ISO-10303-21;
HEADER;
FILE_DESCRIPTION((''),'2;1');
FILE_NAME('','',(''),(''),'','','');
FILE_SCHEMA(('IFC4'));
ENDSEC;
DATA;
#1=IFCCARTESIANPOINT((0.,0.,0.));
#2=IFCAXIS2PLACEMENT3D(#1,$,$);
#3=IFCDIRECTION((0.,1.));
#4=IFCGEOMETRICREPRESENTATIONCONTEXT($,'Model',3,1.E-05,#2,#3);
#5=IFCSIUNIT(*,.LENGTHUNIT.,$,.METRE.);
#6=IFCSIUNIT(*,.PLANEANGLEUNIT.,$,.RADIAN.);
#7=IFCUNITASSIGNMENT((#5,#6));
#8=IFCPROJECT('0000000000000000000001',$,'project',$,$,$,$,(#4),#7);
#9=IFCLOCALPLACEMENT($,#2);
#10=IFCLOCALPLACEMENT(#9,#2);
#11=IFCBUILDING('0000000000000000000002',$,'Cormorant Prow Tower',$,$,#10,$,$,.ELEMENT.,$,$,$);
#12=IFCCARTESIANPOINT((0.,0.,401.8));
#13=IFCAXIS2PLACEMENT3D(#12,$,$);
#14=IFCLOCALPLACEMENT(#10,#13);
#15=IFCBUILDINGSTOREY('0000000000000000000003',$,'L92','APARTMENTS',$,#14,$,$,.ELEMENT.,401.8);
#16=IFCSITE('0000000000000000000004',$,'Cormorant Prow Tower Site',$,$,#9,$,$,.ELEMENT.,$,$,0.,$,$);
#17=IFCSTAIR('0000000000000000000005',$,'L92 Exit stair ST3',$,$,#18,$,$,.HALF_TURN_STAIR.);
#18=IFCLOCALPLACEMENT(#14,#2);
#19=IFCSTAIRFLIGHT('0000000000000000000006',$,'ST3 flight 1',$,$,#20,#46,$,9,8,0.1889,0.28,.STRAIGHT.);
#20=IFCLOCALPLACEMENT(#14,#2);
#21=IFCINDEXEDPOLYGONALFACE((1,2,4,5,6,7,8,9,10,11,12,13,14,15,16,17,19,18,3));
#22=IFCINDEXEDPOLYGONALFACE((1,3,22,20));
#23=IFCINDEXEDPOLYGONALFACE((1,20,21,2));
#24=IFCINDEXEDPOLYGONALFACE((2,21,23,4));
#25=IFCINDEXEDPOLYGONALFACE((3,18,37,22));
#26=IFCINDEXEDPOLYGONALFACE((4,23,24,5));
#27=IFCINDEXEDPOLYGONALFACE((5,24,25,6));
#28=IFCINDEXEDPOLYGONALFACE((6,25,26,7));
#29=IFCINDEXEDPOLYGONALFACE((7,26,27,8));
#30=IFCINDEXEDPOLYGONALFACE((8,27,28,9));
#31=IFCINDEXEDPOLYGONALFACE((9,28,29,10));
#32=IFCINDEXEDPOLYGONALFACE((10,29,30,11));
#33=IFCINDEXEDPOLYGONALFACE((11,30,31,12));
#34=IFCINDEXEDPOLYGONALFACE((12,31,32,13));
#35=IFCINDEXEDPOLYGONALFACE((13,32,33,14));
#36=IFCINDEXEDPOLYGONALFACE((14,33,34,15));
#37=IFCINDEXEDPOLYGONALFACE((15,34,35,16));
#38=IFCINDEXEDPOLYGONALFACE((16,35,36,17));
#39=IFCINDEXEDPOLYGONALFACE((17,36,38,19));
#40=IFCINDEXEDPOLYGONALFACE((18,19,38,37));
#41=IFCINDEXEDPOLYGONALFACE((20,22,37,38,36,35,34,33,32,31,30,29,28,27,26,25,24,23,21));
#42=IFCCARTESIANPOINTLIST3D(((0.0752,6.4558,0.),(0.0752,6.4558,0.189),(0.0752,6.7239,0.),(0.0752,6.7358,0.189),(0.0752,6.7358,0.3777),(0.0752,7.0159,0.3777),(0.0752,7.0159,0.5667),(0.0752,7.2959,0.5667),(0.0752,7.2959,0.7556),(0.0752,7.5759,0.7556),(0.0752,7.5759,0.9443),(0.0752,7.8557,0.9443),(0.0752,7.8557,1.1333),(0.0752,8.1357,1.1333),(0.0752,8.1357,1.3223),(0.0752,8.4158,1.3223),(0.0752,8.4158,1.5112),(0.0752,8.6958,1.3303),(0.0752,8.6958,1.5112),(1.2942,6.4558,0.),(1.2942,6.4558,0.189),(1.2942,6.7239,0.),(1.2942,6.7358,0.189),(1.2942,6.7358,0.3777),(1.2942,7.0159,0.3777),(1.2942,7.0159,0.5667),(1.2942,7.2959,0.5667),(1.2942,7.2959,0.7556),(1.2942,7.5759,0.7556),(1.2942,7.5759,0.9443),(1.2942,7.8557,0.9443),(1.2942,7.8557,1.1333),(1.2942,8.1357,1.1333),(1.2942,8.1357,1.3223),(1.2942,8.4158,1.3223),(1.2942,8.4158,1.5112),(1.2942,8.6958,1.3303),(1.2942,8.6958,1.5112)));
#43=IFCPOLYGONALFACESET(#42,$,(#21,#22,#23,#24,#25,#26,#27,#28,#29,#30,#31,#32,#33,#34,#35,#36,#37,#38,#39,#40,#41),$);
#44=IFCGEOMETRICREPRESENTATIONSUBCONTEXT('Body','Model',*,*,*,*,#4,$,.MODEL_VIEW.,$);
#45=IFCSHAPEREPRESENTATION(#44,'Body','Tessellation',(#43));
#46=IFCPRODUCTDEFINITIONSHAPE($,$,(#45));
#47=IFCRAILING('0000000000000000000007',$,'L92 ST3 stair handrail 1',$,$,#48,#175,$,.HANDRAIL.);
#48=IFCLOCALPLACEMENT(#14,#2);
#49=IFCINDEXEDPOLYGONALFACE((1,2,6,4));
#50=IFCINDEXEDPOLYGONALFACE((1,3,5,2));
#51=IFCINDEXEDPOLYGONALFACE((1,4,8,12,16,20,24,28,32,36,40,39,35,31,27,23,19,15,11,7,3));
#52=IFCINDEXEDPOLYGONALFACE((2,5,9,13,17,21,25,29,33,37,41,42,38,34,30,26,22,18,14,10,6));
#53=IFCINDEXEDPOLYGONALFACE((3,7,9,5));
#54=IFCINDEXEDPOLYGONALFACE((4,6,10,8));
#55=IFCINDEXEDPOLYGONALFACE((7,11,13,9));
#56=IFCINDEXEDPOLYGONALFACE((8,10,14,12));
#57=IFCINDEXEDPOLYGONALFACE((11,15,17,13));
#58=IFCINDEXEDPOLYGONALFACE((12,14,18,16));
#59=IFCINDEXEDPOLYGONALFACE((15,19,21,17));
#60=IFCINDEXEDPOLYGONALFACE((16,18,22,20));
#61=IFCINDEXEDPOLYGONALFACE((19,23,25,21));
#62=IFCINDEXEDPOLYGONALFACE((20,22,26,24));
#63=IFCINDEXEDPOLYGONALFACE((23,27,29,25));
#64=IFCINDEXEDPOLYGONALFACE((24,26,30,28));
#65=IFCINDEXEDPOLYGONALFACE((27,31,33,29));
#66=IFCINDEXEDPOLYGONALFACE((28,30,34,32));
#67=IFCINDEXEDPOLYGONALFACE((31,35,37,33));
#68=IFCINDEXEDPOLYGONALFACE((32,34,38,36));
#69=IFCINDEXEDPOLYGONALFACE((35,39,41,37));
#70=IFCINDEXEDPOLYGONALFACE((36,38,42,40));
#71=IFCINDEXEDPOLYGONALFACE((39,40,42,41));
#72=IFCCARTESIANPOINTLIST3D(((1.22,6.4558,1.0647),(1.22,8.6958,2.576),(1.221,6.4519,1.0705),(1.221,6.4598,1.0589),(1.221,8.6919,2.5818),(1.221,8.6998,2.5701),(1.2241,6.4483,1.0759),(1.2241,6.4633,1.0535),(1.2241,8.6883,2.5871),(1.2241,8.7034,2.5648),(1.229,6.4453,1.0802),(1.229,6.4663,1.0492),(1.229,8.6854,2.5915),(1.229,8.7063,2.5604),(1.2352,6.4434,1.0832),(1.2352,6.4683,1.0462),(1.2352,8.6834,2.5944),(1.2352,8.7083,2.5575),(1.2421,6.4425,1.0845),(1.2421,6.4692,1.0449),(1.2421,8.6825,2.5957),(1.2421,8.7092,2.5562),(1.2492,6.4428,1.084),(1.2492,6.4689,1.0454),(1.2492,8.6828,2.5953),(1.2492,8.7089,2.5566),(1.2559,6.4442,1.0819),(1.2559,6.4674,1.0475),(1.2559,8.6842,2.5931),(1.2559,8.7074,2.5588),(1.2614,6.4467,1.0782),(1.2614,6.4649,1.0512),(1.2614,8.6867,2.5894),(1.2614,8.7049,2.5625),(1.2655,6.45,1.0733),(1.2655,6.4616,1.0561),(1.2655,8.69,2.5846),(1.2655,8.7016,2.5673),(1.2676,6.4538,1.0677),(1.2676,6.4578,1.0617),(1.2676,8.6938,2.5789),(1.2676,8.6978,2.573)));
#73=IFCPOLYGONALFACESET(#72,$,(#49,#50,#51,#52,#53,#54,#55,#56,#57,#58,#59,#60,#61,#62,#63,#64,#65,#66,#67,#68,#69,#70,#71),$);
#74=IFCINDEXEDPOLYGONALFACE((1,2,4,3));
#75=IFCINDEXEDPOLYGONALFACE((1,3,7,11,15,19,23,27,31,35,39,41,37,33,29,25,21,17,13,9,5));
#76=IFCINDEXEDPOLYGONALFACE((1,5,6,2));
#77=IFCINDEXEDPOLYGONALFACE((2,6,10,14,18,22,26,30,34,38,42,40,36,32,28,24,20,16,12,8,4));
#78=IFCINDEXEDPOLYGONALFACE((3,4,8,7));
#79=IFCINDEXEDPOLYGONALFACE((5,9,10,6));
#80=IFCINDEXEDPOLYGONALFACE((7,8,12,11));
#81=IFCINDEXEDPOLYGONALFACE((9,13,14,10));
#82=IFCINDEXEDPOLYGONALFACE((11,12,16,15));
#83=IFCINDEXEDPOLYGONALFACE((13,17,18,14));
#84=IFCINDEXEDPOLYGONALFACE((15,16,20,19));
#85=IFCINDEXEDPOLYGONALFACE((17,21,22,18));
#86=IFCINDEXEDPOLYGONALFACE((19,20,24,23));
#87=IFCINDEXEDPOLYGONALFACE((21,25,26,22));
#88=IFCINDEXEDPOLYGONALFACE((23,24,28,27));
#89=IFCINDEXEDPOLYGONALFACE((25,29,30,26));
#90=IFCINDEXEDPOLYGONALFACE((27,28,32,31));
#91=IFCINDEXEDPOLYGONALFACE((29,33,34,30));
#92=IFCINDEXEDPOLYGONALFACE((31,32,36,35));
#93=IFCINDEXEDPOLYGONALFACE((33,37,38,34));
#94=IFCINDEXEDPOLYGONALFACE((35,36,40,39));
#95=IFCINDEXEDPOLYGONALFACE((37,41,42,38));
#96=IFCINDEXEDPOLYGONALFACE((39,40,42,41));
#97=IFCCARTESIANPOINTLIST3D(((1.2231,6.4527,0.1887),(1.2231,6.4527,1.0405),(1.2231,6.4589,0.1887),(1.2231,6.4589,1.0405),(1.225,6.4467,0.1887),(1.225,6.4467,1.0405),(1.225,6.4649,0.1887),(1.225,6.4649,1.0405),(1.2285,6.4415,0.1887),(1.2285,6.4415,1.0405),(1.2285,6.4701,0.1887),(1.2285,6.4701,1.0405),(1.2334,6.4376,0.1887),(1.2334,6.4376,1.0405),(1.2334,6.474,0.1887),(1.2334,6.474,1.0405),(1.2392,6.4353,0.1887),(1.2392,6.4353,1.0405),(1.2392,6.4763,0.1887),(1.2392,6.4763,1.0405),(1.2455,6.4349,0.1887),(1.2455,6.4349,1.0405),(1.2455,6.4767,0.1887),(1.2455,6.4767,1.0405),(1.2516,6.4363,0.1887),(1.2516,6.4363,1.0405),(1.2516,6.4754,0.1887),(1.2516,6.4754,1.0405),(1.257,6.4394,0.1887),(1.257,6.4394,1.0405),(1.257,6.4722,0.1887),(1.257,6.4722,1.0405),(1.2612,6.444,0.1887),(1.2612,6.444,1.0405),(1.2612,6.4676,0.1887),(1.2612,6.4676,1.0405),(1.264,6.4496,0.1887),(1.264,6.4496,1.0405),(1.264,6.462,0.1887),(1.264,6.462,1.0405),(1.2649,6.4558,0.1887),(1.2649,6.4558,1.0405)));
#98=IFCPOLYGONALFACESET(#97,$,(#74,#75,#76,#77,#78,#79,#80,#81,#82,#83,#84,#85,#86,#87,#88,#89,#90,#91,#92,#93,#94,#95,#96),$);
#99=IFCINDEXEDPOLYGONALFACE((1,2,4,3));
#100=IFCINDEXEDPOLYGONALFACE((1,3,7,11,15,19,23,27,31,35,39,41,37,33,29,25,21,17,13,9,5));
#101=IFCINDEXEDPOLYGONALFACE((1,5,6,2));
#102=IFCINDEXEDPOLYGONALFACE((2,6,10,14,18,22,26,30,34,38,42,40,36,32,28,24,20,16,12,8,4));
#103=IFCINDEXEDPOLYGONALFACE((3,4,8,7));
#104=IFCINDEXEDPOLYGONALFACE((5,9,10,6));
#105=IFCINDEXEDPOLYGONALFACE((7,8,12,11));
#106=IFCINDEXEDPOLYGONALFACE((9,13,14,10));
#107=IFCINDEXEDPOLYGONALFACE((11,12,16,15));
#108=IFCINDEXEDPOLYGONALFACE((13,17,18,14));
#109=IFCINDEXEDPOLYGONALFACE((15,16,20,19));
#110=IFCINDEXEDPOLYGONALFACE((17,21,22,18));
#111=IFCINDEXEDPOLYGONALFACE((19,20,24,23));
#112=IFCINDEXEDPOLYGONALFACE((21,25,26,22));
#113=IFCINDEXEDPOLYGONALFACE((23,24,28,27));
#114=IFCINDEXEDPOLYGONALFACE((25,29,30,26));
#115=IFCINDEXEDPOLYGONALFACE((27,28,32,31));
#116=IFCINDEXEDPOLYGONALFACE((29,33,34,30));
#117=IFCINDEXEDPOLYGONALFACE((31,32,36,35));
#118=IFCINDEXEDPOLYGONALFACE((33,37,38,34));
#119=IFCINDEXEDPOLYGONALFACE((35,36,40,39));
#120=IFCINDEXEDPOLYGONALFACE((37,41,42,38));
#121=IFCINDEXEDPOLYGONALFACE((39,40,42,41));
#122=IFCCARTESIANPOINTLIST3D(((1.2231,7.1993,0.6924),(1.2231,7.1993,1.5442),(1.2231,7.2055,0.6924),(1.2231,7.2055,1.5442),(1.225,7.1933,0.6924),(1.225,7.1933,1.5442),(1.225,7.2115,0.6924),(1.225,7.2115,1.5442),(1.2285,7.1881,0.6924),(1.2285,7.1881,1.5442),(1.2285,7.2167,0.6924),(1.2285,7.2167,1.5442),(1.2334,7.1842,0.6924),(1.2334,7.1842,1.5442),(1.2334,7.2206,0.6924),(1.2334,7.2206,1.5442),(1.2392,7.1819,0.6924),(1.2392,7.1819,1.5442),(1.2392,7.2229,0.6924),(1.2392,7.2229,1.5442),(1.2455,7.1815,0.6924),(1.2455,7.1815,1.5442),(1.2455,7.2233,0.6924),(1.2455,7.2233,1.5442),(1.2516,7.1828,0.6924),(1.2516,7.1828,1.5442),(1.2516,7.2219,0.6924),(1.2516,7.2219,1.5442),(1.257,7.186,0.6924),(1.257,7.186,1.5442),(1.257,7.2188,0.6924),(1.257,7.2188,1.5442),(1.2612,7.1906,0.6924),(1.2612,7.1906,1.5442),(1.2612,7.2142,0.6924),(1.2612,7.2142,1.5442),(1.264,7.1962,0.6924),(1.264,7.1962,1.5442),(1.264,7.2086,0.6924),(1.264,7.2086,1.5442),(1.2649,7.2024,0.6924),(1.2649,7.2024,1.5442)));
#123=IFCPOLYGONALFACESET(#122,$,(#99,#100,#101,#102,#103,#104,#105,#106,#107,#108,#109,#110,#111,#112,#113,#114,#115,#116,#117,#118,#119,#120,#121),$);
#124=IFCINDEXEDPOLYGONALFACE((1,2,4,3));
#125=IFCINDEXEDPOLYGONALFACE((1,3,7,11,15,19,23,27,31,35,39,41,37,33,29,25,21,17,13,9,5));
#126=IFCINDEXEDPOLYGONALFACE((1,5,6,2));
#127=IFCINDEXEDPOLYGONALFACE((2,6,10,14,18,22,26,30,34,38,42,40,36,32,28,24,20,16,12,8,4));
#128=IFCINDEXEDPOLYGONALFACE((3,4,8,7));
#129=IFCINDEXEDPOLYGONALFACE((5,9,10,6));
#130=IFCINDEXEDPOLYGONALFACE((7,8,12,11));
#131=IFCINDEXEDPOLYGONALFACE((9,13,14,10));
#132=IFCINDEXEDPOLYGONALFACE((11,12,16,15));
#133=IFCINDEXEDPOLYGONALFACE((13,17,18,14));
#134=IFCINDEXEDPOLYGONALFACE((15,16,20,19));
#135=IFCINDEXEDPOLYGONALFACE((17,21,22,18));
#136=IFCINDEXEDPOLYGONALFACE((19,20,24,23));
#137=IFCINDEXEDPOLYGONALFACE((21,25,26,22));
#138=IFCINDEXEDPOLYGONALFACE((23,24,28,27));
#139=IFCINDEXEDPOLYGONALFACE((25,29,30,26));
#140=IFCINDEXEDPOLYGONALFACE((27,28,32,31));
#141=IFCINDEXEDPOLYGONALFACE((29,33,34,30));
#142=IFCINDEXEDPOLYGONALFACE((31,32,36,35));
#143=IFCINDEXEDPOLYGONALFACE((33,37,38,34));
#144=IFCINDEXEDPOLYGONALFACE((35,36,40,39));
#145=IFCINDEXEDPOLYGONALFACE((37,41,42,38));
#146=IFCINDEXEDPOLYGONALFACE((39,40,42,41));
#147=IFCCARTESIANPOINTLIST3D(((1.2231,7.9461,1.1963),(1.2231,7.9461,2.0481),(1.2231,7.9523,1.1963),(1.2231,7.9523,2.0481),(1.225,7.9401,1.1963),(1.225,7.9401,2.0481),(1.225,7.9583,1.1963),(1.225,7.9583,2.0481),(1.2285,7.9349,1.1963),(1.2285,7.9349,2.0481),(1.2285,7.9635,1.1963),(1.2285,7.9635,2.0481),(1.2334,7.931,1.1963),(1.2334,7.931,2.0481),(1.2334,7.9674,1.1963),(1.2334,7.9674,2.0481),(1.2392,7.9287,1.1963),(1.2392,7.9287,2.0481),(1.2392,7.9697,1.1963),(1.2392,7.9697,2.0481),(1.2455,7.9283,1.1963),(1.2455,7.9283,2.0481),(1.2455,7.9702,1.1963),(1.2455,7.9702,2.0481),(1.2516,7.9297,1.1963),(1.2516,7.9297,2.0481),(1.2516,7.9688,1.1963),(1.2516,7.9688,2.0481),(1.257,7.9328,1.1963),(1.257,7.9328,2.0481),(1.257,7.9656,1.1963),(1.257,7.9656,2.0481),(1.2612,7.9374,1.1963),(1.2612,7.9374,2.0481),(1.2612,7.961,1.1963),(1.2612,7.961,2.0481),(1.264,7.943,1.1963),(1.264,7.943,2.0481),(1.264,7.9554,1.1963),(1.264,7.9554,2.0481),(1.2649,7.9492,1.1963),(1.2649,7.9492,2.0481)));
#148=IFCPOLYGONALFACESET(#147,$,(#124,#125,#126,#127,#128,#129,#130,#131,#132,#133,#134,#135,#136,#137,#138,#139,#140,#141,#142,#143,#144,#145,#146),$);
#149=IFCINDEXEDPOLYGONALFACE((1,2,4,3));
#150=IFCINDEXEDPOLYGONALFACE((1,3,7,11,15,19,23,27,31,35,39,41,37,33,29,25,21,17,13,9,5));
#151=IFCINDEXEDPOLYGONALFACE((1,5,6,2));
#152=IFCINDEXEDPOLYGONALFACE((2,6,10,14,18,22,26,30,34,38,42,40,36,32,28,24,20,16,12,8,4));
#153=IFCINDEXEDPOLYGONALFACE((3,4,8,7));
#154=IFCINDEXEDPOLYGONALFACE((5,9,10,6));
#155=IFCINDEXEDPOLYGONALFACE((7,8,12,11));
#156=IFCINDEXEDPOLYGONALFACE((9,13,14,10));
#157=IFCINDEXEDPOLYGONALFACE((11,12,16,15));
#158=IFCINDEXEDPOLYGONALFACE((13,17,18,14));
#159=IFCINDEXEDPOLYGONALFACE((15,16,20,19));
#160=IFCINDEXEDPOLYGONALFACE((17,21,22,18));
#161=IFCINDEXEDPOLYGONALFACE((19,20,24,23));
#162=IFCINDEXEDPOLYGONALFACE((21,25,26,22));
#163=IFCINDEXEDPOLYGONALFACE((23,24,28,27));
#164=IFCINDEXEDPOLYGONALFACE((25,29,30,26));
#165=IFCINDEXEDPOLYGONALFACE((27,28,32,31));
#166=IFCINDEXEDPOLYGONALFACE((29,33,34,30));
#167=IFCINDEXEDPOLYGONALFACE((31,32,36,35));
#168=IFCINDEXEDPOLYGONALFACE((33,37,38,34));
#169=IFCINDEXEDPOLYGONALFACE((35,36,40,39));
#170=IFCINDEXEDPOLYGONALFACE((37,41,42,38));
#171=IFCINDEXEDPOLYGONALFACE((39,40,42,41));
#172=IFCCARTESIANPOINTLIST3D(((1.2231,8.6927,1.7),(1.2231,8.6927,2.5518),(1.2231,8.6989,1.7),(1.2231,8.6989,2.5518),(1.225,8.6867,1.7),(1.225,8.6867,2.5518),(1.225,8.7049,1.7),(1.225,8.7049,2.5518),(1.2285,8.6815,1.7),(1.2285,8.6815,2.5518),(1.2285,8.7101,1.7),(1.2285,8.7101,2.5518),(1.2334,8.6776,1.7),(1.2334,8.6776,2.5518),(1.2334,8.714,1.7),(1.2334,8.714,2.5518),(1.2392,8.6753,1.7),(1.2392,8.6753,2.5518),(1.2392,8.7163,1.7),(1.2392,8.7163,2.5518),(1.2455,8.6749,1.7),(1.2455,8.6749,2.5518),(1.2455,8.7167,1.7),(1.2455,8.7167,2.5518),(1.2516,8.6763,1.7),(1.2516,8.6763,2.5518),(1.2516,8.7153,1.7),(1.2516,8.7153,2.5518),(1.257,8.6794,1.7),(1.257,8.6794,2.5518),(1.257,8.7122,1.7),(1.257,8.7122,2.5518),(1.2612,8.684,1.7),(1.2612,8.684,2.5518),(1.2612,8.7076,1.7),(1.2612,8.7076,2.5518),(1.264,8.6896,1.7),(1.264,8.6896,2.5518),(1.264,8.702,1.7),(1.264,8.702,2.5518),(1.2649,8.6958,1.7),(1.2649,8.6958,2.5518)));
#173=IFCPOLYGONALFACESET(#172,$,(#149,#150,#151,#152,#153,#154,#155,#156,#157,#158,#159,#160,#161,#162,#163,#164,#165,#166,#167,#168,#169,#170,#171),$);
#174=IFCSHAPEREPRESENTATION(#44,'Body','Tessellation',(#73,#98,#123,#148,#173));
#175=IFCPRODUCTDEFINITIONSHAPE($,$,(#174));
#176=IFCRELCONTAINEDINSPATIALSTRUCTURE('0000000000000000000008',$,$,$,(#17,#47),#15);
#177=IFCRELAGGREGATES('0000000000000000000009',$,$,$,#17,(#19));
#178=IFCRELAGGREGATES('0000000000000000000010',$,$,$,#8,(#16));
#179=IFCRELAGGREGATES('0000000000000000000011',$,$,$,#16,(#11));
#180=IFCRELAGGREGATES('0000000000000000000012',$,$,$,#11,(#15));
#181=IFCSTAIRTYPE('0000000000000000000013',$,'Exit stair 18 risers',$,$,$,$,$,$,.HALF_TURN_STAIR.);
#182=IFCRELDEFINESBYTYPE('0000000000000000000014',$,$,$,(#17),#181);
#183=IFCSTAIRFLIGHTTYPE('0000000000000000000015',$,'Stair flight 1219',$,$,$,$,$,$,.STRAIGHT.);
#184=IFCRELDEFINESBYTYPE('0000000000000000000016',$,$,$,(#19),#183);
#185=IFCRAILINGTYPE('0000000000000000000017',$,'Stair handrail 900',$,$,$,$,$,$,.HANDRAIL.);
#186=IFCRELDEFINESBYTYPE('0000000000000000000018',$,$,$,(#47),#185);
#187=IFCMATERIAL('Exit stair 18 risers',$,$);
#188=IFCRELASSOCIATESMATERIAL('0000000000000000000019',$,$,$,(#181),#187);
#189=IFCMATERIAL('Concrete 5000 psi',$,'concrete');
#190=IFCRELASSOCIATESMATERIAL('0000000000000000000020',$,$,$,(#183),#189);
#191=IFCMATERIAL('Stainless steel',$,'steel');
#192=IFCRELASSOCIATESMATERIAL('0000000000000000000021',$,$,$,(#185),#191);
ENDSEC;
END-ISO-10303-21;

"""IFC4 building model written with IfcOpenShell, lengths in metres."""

from ifc_helpers import new_model, si_unit, direction, frame, origin, origin_2d, place, context, subcontext, project, spatial, polyline, circle, outline, extrude, material, type_object, element, aggregate, save


model = new_model("IFC4")

# Units and contexts
model_context = context("Model", 3, precision=1e-05, world=origin(), true_north=direction((0.0, 1.0)))
body_context = subcontext(model_context, "Body", "Model", "MODEL_VIEW")
ifc_project = project(units=[si_unit("LENGTHUNIT", "METRE"), si_unit("PLANEANGLEUNIT", "RADIAN")], contexts=[model_context])

# Site, building, storey
site_placement = place(None, origin())
site = spatial("IfcSite", under=ifc_project, at=site_placement, Name="Cormorant Prow Tower Site", CompositionType="ELEMENT", RefElevation=0.0)
building_placement = place(site_placement, origin())
building = spatial("IfcBuilding", under=site, at=building_placement, Name="Cormorant Prow Tower", CompositionType="ELEMENT")
storey_placement = place(building_placement, frame((0.0, 0.0, 401.8)))
storey = spatial("IfcBuildingStorey", under=building, at=storey_placement, Name="L92", Description="APARTMENTS", CompositionType="ELEMENT", Elevation=401.8)

# Stair
ifc_material_1 = material(Name="Exit stair 18 risers")
stair_type = type_object("IfcStairType", Name="Exit stair 18 risers", PredefinedType="HALF_TURN_STAIR", material=ifc_material_1)
stair_1_placement = place(storey_placement, origin())
stair_1 = element("IfcStair", 1, at=stair_1_placement, inside=storey, type_object=stair_type, Name="L92 Exit stair ST3", PredefinedType="HALF_TURN_STAIR")

# Stair flight
ifc_material_2 = material(Name="Concrete 5000 psi", Category="concrete")
stair_flight_type = type_object("IfcStairFlightType", Name="Stair flight 1219", PredefinedType="STRAIGHT", material=ifc_material_2)
stair_flight_placement = place(storey_placement, frame((0.6846, 6.4558, 0.0), z_axis=(0.0, 0.0, 1.0), x_axis=(0.0, 1.0, 0.0)))
stair_flight = element("IfcStairFlight", 2, at=stair_flight_placement, type_object=stair_flight_type, Name="ST3 flight 1", NumberOfRisers=9, NumberOfTreads=8, PredefinedType="STRAIGHT", RiserHeight=0.1889, TreadLength=0.28, context=body_context, shape_type="SweptSolid", body=[
    extrude(outline(polyline([(0.0, 0.0), (0.0, 0.189), (0.28, 0.189), (0.28, 0.3777), (0.5601, 0.3777), (0.5601, 0.5667), (0.8401, 0.5667), (0.8401, 0.7556), (1.1201, 0.7556), (1.1201, 0.9443), (1.3999, 0.9443), (1.3999, 1.1333), (1.6799, 1.1333), (1.6799, 1.3223), (1.96, 1.3223), (1.96, 1.5112), (2.24, 1.5112), (2.24, 1.7), (2.24, 1.3303), (0.2681, 0.0), (0.0, 0.0)])), frame((0.0, 0.6094, 0.0), z_axis=(0.0, -1.0, 0.0), x_axis=(1.0, 0.0, 0.0)), (0.0, 0.0, 1.0), 1.219),
])
aggregate(stair_1, [stair_flight])

# Railing
ifc_material_3 = material(Name="Stainless steel", Category="steel")
railing_type_1 = type_object("IfcRailingType", Name="Stair handrail 900", PredefinedType="HANDRAIL", material=ifc_material_3)
railing_1_placement = place(storey_placement, frame((1.2439, 6.4558, 0.1887)))
element("IfcRailing", 3, at=railing_1_placement, inside=storey, type_object=railing_type_1, Name="L92 ST3 stair handrail 1", PredefinedType="HANDRAIL", context=body_context, shape_type="SweptSolid", body=[
    extrude(circle(Radius=0.0239, at=origin_2d()), frame((0.0, 0.0, 0.876), z_axis=(0.0, 0.82898, 0.559279), x_axis=(-1.0, 0.0, 0.0)), (0.0, 0.0, 1.0), 2.7021),
    extrude(circle(Radius=0.021, at=origin_2d()), origin(), (0.0, 0.0, 1.0), 0.8518),
    extrude(circle(Radius=0.021, at=origin_2d()), frame((0.0, 0.7466, 0.5037)), (0.0, 0.0, 1.0), 0.8518),
    extrude(circle(Radius=0.021, at=origin_2d()), frame((0.0, 1.4934, 1.0076)), (0.0, 0.0, 1.0), 0.8518),
    extrude(circle(Radius=0.021, at=origin_2d()), frame((0.0, 2.24, 1.5112)), (0.0, 0.0, 1.0), 0.8518),
])

save(model, "model.ifc")
